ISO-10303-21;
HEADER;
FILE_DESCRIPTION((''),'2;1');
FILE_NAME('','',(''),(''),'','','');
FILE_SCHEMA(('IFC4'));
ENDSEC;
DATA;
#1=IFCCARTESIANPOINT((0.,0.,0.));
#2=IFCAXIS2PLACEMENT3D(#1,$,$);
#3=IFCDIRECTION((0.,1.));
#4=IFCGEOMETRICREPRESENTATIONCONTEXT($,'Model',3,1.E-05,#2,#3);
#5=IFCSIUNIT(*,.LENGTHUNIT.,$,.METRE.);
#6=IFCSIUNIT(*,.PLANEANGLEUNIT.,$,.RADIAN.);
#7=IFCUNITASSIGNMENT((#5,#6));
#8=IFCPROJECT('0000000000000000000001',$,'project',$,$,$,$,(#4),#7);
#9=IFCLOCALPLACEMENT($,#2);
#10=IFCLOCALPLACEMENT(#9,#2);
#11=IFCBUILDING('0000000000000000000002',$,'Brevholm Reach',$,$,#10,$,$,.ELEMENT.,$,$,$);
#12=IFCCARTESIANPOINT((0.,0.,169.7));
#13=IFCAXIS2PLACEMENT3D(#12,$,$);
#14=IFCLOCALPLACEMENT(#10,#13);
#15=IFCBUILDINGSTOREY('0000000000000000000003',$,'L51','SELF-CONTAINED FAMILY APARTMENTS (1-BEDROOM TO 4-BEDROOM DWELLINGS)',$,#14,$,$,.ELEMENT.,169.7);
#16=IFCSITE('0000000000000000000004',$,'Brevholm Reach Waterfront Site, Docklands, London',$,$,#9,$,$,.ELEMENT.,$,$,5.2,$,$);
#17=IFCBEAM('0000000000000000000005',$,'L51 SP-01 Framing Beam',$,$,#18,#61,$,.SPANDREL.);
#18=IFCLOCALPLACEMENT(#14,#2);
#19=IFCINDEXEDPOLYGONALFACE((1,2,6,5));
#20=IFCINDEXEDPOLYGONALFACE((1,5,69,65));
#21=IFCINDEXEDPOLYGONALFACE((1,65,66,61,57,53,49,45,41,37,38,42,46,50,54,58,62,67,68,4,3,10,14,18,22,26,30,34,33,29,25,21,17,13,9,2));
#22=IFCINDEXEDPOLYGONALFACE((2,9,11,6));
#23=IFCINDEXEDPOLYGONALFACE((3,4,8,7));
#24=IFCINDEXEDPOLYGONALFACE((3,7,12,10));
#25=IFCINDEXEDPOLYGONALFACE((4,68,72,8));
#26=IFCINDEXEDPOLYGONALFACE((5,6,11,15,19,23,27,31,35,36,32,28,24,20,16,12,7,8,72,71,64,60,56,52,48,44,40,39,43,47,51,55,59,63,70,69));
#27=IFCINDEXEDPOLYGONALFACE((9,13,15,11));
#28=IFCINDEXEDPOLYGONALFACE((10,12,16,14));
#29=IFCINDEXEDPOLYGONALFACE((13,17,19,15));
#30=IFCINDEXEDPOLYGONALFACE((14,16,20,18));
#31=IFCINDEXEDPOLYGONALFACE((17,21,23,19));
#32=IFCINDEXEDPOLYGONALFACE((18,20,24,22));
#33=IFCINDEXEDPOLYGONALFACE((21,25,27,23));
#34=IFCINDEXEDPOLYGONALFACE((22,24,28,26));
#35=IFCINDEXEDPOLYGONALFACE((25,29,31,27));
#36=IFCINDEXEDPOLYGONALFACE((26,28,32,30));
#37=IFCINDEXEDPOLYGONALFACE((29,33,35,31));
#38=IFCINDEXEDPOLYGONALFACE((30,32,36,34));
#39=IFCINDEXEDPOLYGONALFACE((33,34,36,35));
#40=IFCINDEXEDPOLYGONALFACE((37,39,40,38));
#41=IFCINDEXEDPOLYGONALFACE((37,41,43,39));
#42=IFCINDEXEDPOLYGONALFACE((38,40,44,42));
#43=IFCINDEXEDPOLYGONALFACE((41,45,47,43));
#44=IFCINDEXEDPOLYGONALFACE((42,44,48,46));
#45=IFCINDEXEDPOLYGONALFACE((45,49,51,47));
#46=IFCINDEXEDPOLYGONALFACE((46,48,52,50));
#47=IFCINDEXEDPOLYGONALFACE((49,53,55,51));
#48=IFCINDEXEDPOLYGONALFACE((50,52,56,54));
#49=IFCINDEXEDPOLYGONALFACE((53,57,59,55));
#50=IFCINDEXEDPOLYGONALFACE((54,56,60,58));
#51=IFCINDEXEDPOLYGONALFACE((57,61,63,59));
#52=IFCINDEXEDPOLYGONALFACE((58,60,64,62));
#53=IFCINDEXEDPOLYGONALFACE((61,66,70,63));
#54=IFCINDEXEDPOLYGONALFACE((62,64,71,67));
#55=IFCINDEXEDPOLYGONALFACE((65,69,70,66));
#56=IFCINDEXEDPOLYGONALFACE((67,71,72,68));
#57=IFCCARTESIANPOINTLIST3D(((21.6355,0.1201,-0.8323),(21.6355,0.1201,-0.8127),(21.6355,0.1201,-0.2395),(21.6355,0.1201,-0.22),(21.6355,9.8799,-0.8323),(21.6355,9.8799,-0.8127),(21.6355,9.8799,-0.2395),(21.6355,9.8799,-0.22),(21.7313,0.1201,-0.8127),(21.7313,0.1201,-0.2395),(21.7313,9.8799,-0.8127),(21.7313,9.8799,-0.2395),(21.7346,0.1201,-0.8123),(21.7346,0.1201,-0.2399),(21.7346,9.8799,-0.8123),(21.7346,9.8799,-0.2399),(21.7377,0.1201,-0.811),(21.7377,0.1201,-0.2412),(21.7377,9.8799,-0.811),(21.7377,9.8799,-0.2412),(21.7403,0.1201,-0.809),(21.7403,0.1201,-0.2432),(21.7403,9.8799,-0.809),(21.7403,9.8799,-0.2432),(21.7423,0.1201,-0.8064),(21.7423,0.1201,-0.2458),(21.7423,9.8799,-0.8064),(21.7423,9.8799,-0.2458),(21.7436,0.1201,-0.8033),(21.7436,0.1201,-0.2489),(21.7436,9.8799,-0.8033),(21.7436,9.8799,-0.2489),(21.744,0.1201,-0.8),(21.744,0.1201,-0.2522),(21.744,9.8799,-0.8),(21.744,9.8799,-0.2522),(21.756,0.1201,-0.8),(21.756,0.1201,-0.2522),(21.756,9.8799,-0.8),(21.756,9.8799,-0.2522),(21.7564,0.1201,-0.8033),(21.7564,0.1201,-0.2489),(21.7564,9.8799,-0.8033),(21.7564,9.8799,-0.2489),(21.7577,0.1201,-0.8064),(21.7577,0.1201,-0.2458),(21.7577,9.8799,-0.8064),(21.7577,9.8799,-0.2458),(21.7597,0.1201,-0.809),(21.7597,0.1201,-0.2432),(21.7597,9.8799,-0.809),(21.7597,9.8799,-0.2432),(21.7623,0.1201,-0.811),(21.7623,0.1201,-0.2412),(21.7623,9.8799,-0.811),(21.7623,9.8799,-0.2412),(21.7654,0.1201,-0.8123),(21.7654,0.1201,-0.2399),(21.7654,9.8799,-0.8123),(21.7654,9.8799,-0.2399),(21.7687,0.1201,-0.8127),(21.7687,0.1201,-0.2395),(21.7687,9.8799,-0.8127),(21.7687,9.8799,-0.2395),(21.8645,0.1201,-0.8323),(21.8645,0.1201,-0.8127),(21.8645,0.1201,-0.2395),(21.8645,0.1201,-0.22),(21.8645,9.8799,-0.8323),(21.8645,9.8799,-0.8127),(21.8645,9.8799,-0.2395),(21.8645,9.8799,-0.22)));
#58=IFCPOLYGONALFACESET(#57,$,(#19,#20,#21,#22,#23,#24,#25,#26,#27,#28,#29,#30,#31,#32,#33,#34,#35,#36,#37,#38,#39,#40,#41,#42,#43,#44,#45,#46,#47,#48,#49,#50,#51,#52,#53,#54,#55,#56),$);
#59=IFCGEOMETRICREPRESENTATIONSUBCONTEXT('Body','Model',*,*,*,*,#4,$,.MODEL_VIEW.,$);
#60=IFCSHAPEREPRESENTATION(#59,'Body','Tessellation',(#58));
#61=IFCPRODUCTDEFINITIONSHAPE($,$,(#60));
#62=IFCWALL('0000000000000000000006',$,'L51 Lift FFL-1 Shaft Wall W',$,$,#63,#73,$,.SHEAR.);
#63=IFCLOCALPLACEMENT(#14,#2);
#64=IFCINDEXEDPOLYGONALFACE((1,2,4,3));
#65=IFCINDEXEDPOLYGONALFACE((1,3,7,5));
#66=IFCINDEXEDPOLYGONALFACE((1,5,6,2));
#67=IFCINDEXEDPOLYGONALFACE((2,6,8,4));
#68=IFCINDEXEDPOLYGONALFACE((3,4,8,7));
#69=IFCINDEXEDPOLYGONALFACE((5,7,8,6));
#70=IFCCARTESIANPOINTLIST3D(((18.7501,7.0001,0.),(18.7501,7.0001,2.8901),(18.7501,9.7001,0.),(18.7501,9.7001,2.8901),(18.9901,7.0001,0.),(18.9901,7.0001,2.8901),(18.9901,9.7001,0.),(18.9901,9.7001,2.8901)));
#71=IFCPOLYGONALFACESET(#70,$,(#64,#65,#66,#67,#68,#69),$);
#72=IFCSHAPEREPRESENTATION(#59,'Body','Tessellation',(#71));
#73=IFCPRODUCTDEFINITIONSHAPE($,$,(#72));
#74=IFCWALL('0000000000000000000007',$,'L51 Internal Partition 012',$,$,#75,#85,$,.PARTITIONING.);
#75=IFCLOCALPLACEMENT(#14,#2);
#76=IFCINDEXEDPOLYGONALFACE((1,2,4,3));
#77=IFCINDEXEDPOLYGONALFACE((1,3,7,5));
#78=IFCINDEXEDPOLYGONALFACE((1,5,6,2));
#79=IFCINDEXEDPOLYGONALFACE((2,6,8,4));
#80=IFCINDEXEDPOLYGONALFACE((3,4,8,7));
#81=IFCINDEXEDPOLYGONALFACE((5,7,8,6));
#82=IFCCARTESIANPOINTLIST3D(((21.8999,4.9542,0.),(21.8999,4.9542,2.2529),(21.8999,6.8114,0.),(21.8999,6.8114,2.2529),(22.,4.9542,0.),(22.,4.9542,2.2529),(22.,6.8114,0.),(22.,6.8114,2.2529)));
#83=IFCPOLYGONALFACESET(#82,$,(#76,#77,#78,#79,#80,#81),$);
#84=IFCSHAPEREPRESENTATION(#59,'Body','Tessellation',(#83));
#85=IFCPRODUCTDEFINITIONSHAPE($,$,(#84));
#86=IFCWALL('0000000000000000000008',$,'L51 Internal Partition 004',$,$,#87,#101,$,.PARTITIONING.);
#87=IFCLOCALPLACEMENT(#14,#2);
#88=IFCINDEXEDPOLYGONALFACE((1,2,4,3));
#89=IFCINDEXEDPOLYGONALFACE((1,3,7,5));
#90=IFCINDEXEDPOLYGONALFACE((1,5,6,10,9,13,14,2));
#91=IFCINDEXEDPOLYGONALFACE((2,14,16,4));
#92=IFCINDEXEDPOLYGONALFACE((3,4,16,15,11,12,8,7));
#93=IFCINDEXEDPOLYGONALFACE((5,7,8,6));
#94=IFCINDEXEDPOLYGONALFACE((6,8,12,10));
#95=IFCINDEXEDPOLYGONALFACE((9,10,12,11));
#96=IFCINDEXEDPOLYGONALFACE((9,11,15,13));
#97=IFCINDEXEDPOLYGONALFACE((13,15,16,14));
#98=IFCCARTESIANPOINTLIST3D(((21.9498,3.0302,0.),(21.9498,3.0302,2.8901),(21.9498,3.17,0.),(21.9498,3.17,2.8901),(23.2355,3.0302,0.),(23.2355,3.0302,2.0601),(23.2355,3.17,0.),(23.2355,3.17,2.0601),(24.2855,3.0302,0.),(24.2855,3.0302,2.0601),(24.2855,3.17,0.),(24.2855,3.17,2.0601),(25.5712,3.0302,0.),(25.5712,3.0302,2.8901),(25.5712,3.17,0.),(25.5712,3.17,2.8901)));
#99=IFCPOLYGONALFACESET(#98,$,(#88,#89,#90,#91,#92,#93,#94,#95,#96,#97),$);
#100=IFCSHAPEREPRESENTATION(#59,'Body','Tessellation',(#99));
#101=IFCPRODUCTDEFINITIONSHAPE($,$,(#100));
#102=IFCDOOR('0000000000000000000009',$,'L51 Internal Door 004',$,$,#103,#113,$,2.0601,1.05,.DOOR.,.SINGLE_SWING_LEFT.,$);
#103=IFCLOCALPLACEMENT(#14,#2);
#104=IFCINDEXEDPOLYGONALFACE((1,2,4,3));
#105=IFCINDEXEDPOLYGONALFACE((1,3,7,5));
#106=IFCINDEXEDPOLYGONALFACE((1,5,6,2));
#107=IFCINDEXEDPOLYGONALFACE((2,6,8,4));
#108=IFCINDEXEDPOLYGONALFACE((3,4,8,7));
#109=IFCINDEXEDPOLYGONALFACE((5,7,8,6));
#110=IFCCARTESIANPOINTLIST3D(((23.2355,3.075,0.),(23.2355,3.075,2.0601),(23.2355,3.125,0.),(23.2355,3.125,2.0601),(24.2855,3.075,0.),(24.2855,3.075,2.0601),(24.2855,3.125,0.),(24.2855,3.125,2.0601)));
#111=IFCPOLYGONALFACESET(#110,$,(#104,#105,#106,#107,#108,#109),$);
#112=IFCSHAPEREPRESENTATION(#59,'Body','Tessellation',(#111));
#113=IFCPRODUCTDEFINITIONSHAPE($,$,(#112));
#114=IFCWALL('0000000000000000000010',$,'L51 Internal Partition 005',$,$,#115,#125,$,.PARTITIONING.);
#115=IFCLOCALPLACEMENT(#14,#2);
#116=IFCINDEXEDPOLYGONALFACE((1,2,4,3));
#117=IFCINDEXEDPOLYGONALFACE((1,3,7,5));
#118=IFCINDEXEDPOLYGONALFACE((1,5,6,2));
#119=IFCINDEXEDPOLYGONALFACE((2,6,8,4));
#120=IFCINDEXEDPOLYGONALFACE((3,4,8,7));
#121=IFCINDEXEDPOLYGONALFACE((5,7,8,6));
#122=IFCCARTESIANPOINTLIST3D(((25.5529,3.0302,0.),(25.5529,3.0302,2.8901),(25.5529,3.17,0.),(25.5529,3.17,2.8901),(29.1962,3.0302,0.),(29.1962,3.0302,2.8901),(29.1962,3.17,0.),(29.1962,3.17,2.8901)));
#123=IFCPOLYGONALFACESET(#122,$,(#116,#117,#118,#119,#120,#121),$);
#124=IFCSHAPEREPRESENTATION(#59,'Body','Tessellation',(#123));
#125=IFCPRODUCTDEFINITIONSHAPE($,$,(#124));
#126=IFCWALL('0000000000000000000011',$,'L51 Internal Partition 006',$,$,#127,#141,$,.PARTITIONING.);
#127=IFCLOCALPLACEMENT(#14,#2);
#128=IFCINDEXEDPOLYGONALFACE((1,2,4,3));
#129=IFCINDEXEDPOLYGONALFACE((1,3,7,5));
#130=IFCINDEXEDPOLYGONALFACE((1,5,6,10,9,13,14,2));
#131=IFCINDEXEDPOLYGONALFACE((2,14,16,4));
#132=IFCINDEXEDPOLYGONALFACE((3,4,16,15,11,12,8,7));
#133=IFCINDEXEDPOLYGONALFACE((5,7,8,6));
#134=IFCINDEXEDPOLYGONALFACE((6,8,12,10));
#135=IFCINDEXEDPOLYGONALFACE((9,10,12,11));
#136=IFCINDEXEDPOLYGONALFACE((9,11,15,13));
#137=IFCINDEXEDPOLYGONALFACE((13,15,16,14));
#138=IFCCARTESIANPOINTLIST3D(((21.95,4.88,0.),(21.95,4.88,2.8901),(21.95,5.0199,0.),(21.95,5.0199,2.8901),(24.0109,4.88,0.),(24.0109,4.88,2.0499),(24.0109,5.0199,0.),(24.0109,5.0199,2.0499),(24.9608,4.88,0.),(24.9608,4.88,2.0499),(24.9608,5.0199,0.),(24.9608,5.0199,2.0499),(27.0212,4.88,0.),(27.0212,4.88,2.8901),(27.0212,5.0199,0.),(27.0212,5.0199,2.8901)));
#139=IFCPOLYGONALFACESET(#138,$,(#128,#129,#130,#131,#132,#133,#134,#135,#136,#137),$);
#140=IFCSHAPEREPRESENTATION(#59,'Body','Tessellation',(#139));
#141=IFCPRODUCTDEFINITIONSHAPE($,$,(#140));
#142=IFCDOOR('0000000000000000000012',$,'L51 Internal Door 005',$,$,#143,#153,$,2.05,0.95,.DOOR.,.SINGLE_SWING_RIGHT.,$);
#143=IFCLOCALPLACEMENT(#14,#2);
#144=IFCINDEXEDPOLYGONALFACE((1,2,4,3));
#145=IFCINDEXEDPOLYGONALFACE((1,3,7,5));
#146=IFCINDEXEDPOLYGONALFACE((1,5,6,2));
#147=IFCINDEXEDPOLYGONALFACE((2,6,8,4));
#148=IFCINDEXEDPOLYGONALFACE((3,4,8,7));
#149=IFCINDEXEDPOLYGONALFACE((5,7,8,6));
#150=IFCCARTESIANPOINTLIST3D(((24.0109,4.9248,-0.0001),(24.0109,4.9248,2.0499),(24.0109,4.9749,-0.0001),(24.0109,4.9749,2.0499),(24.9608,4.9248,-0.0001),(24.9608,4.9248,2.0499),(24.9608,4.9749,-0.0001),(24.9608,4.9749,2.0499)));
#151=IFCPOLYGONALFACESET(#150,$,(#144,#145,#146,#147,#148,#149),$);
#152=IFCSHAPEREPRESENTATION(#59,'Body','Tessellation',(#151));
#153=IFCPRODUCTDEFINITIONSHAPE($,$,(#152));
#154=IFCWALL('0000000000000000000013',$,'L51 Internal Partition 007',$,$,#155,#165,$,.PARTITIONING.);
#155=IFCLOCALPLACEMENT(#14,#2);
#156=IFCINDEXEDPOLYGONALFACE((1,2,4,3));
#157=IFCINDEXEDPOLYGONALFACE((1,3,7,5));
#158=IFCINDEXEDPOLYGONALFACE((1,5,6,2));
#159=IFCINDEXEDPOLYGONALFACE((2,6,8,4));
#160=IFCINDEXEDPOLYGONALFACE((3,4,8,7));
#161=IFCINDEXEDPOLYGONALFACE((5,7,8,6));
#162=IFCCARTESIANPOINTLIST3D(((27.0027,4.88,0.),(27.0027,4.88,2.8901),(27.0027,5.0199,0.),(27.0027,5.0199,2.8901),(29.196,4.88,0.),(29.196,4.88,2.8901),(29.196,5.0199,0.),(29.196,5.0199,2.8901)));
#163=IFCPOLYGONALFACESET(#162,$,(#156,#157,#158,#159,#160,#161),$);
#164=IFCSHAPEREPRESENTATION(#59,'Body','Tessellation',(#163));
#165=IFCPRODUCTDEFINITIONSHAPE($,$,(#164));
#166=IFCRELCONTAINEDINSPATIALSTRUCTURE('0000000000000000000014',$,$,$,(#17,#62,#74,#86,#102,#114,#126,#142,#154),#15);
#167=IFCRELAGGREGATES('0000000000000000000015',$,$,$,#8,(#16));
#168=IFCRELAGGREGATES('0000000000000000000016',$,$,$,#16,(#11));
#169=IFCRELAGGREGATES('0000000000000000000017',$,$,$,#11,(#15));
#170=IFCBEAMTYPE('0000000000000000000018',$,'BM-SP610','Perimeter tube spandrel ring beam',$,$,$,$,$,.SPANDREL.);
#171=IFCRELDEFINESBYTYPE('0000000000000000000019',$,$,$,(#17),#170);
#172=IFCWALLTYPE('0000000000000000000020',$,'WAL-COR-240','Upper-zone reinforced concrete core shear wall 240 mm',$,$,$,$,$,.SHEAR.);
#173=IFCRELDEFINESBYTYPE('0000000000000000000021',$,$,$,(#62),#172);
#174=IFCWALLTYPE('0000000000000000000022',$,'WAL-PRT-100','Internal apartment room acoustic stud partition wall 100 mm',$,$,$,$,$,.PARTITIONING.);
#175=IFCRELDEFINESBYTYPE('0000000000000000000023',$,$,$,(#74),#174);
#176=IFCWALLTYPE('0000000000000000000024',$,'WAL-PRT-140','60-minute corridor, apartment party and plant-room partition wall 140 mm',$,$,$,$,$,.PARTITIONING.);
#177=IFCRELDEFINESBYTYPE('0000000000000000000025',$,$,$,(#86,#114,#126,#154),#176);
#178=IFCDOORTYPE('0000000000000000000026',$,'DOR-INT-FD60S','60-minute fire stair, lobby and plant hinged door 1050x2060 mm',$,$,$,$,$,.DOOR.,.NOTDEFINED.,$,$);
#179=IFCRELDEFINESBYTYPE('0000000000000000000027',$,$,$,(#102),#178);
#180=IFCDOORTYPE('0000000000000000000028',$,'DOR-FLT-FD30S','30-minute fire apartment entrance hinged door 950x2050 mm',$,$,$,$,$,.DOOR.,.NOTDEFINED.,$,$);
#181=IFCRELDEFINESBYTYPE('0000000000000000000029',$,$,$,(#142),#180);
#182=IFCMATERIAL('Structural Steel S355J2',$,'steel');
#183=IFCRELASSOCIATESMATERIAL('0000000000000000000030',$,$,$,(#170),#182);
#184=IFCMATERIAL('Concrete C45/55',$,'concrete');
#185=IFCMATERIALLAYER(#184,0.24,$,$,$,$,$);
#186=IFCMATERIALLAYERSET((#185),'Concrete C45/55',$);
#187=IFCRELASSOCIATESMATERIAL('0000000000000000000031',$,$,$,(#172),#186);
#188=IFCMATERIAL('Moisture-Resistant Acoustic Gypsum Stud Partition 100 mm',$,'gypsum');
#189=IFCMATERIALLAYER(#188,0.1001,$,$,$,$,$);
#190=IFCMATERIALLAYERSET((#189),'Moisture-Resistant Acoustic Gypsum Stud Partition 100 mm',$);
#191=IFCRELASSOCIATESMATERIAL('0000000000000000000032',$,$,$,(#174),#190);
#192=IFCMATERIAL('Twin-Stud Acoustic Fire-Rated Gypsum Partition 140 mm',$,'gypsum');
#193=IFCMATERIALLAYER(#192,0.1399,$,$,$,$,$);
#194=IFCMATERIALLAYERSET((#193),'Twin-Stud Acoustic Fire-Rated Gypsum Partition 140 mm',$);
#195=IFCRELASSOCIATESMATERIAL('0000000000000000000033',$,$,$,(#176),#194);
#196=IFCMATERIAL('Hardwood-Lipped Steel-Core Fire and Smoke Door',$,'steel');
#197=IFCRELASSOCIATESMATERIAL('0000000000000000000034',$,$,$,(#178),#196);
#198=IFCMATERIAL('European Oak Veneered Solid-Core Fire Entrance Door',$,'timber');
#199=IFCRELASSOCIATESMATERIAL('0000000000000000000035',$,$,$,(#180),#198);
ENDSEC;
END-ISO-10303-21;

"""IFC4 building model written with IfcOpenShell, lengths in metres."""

from ifc_helpers import new_model, si_unit, direction, frame, frame_2d, origin, origin_2d, place, context, subcontext, project, spatial, rectangle, i_section, extrude, material, layer, layer_set, material_profile, profile_set, type_object, element, fill, save


model = new_model("IFC4")

# Units and contexts
model_context = context("Model", 3, precision=1e-05, world=origin(), true_north=direction((0.0, 1.0)))
body_context = subcontext(model_context, "Body", "Model", "MODEL_VIEW")
ifc_project = project(units=[si_unit("LENGTHUNIT", "METRE"), si_unit("PLANEANGLEUNIT", "RADIAN")], contexts=[model_context])

# Site, building, storey
site_placement = place(None, origin())
site = spatial("IfcSite", under=ifc_project, at=site_placement, Name="Brevholm Reach Waterfront Site, Docklands, London", CompositionType="ELEMENT", RefElevation=5.2)
building_placement = place(site_placement, origin())
building = spatial("IfcBuilding", under=site, at=building_placement, Name="Brevholm Reach", CompositionType="ELEMENT")
storey_placement = place(building_placement, frame((0.0, 0.0, 169.7)))
storey = spatial("IfcBuildingStorey", under=building, at=storey_placement, Name="L51", Description="SELF-CONTAINED FAMILY APARTMENTS (1-BEDROOM TO 4-BEDROOM DWELLINGS)", CompositionType="ELEMENT", Elevation=169.7)

# Beam
ifc_material_1 = material(Name="Structural Steel S355J2", Category="steel")
ifc_material_profile_1 = material_profile(ifc_material_1, i_section(OverallWidth=0.229, OverallDepth=0.6123, WebThickness=0.012, FlangeThickness=0.0195, FilletRadius=0.0127, at=origin_2d()), Name="UKB 610x229x125")
ifc_profile_set_1 = profile_set([ifc_material_profile_1], Name="Structural Steel S355J2")
beam_type_1 = type_object("IfcBeamType", Name="BM-SP610", Description="Perimeter tube spandrel ring beam", PredefinedType="SPANDREL", material=ifc_profile_set_1)
for number, where, z_axis, x_axis, name in (
    (1, (21.75, 0.1201, -0.5261), (0.0, 1.0, 0.0), (-1.0, 0.0, 0.0), "L51 SP-01 Framing Beam"),
):
    element("IfcBeam", number, at=place(storey_placement, frame(where, z_axis=z_axis, x_axis=x_axis)), inside=storey, type_object=beam_type_1, Name=name, PredefinedType="SPANDREL", context=body_context, shape_type="SweptSolid", body=[
        extrude(i_section(OverallWidth=0.229, OverallDepth=0.6123, WebThickness=0.012, FlangeThickness=0.0195, FilletRadius=0.0127, at=origin_2d()), origin(), (0.0, 0.0, 1.0), 9.7598),
    ])

# Walls
ifc_material_2 = material(Name="Concrete C45/55", Category="concrete")
ifc_layer_1 = layer(ifc_material_2, 0.24)
ifc_layer_set_1 = layer_set([ifc_layer_1], Name="Concrete C45/55")
wall_type_1 = type_object("IfcWallType", Name="WAL-COR-240", Description="Upper-zone reinforced concrete core shear wall 240 mm", PredefinedType="SHEAR", material=ifc_layer_set_1)
wall_1_placement = place(storey_placement, frame((18.8701, 7.0, 0.0), z_axis=(0.0, 0.0, 1.0), x_axis=(0.0, 1.0, 0.0)))
element("IfcWall", 2, at=wall_1_placement, inside=storey, type_object=wall_type_1, Name="L51 Lift FFL-1 Shaft Wall W", PredefinedType="SHEAR", context=body_context, shape_type="SweptSolid", body=[
    extrude(rectangle(XDim=2.7, YDim=0.24, at=frame_2d((1.3501, 0.0))), origin(), (0.0, 0.0, 1.0), 2.8901),
])
ifc_material_3 = material(Name="Moisture-Resistant Acoustic Gypsum Stud Partition 100 mm", Category="gypsum")
ifc_layer_2 = layer(ifc_material_3, 0.1001)
ifc_layer_set_2 = layer_set([ifc_layer_2], Name="Moisture-Resistant Acoustic Gypsum Stud Partition 100 mm")
wall_type_2 = type_object("IfcWallType", Name="WAL-PRT-100", Description="Internal apartment room acoustic stud partition wall 100 mm", PredefinedType="PARTITIONING", material=ifc_layer_set_2)
wall_2_placement = place(storey_placement, frame((21.95, 4.9541, 0.0), z_axis=(0.0, 0.0, 1.0), x_axis=(0.0, 1.0, 0.0)))
element("IfcWall", 3, at=wall_2_placement, inside=storey, type_object=wall_type_2, Name="L51 Internal Partition 012", PredefinedType="PARTITIONING", context=body_context, shape_type="SweptSolid", body=[
    extrude(rectangle(XDim=1.8572, YDim=0.1001, at=frame_2d((0.9287, 0.0))), origin(), (0.0, 0.0, 1.0), 2.2529),
])

# Wall, opening, door
ifc_material_4 = material(Name="Twin-Stud Acoustic Fire-Rated Gypsum Partition 140 mm", Category="gypsum")
ifc_layer_3 = layer(ifc_material_4, 0.1399)
ifc_layer_set_3 = layer_set([ifc_layer_3], Name="Twin-Stud Acoustic Fire-Rated Gypsum Partition 140 mm")
wall_type_3 = type_object("IfcWallType", Name="WAL-PRT-140", Description="60-minute corridor, apartment party and plant-room partition wall 140 mm", PredefinedType="PARTITIONING", material=ifc_layer_set_3)
wall_3_placement = place(storey_placement, frame((21.95, 3.1001, 0.0), z_axis=(0.0, 0.0, 1.0), x_axis=(1.0, 0.0, 0.0)))
wall_3 = element("IfcWall", 4, at=wall_3_placement, inside=storey, type_object=wall_type_3, Name="L51 Internal Partition 004", PredefinedType="PARTITIONING", context=body_context, shape_type="SweptSolid", body=[
    extrude(rectangle(XDim=3.6213, YDim=0.1399, at=frame_2d((1.8105, 0.0))), origin(), (0.0, 0.0, 1.0), 2.8901),
])
opening_1_placement = place(wall_3_placement, frame((1.2856, 0.0, 0.0)))
opening_1 = element("IfcOpeningElement", 5, at=opening_1_placement, cuts=wall_3, PredefinedType="OPENING", context=body_context, shape_type="SweptSolid", body=[
    extrude(rectangle(XDim=1.05, YDim=2.0601, at=frame_2d((0.5249, 1.03))), frame((0.0, 0.0798, 0.0), z_axis=(0.0, -1.0, 0.0), x_axis=(1.0, 0.0, 0.0)), (0.0, 0.0, 1.0), 0.1599),
])
ifc_material_5 = material(Name="Hardwood-Lipped Steel-Core Fire and Smoke Door", Category="steel")
door_type_1 = type_object("IfcDoorType", Name="DOR-INT-FD60S", Description="60-minute fire stair, lobby and plant hinged door 1050x2060 mm", OperationType="NOTDEFINED", PredefinedType="DOOR", material=ifc_material_5)
door_1_placement = place(opening_1_placement, origin())
door_1 = element("IfcDoor", 6, at=door_1_placement, inside=storey, type_object=door_type_1, Name="L51 Internal Door 004", OperationType="SINGLE_SWING_LEFT", OverallHeight=2.0601, OverallWidth=1.05, PredefinedType="DOOR", context=body_context, shape_type="SweptSolid", body=[
    extrude(rectangle(XDim=1.05, YDim=2.0601, at=frame_2d((0.5249, 1.03))), frame((0.0, 0.0249, 0.0), z_axis=(0.0, -1.0, 0.0), x_axis=(1.0, 0.0, 0.0)), (0.0, 0.0, 1.0), 0.05),
])
fill(opening_1, door_1)

# Wall
wall_4_placement = place(storey_placement, frame((25.5527, 3.1001, 0.0), z_axis=(0.0, 0.0, 1.0), x_axis=(1.0, 0.0, 0.0)))
element("IfcWall", 7, at=wall_4_placement, inside=storey, type_object=wall_type_3, Name="L51 Internal Partition 005", PredefinedType="PARTITIONING", context=body_context, shape_type="SweptSolid", body=[
    extrude(rectangle(XDim=3.6433, YDim=0.1399, at=frame_2d((1.8218, 0.0))), origin(), (0.0, 0.0, 1.0), 2.8901),
])

# Wall, opening, door
wall_5_placement = place(storey_placement, frame((21.95, 4.95, 0.0), z_axis=(0.0, 0.0, 1.0), x_axis=(1.0, 0.0, 0.0)))
wall_5 = element("IfcWall", 8, at=wall_5_placement, inside=storey, type_object=wall_type_3, Name="L51 Internal Partition 006", PredefinedType="PARTITIONING", context=body_context, shape_type="SweptSolid", body=[
    extrude(rectangle(XDim=5.0713, YDim=0.1399, at=frame_2d((2.5356, 0.0))), origin(), (0.0, 0.0, 1.0), 2.8901),
])
opening_2_placement = place(wall_5_placement, frame((2.0608, 0.0, 0.0)))
opening_2 = element("IfcOpeningElement", 9, at=opening_2_placement, cuts=wall_5, PredefinedType="OPENING", context=body_context, shape_type="SweptSolid", body=[
    extrude(rectangle(XDim=0.95, YDim=2.05, at=frame_2d((0.4751, 1.0249))), frame((0.0, 0.0798, 0.0), z_axis=(0.0, -1.0, 0.0), x_axis=(1.0, 0.0, 0.0)), (0.0, 0.0, 1.0), 0.1599),
])
ifc_material_6 = material(Name="European Oak Veneered Solid-Core Fire Entrance Door", Category="timber")
door_type_2 = type_object("IfcDoorType", Name="DOR-FLT-FD30S", Description="30-minute fire apartment entrance hinged door 950x2050 mm", OperationType="NOTDEFINED", PredefinedType="DOOR", material=ifc_material_6)
door_2_placement = place(opening_2_placement, origin())
door_2 = element("IfcDoor", 10, at=door_2_placement, inside=storey, type_object=door_type_2, Name="L51 Internal Door 005", OperationType="SINGLE_SWING_RIGHT", OverallHeight=2.05, OverallWidth=0.95, PredefinedType="DOOR", context=body_context, shape_type="SweptSolid", body=[
    extrude(rectangle(XDim=0.95, YDim=2.05, at=frame_2d((0.4751, 1.0249))), frame((0.0, 0.0249, 0.0), z_axis=(0.0, -1.0, 0.0), x_axis=(1.0, 0.0, 0.0)), (0.0, 0.0, 1.0), 0.05),
])
fill(opening_2, door_2)

# Wall
wall_6_placement = place(storey_placement, frame((27.0027, 4.95, 0.0), z_axis=(0.0, 0.0, 1.0), x_axis=(1.0, 0.0, 0.0)))
element("IfcWall", 11, at=wall_6_placement, inside=storey, type_object=wall_type_3, Name="L51 Internal Partition 007", PredefinedType="PARTITIONING", context=body_context, shape_type="SweptSolid", body=[
    extrude(rectangle(XDim=2.1934, YDim=0.1399, at=frame_2d((1.0967, 0.0))), origin(), (0.0, 0.0, 1.0), 2.8901),
])

save(model, "model.ifc")
